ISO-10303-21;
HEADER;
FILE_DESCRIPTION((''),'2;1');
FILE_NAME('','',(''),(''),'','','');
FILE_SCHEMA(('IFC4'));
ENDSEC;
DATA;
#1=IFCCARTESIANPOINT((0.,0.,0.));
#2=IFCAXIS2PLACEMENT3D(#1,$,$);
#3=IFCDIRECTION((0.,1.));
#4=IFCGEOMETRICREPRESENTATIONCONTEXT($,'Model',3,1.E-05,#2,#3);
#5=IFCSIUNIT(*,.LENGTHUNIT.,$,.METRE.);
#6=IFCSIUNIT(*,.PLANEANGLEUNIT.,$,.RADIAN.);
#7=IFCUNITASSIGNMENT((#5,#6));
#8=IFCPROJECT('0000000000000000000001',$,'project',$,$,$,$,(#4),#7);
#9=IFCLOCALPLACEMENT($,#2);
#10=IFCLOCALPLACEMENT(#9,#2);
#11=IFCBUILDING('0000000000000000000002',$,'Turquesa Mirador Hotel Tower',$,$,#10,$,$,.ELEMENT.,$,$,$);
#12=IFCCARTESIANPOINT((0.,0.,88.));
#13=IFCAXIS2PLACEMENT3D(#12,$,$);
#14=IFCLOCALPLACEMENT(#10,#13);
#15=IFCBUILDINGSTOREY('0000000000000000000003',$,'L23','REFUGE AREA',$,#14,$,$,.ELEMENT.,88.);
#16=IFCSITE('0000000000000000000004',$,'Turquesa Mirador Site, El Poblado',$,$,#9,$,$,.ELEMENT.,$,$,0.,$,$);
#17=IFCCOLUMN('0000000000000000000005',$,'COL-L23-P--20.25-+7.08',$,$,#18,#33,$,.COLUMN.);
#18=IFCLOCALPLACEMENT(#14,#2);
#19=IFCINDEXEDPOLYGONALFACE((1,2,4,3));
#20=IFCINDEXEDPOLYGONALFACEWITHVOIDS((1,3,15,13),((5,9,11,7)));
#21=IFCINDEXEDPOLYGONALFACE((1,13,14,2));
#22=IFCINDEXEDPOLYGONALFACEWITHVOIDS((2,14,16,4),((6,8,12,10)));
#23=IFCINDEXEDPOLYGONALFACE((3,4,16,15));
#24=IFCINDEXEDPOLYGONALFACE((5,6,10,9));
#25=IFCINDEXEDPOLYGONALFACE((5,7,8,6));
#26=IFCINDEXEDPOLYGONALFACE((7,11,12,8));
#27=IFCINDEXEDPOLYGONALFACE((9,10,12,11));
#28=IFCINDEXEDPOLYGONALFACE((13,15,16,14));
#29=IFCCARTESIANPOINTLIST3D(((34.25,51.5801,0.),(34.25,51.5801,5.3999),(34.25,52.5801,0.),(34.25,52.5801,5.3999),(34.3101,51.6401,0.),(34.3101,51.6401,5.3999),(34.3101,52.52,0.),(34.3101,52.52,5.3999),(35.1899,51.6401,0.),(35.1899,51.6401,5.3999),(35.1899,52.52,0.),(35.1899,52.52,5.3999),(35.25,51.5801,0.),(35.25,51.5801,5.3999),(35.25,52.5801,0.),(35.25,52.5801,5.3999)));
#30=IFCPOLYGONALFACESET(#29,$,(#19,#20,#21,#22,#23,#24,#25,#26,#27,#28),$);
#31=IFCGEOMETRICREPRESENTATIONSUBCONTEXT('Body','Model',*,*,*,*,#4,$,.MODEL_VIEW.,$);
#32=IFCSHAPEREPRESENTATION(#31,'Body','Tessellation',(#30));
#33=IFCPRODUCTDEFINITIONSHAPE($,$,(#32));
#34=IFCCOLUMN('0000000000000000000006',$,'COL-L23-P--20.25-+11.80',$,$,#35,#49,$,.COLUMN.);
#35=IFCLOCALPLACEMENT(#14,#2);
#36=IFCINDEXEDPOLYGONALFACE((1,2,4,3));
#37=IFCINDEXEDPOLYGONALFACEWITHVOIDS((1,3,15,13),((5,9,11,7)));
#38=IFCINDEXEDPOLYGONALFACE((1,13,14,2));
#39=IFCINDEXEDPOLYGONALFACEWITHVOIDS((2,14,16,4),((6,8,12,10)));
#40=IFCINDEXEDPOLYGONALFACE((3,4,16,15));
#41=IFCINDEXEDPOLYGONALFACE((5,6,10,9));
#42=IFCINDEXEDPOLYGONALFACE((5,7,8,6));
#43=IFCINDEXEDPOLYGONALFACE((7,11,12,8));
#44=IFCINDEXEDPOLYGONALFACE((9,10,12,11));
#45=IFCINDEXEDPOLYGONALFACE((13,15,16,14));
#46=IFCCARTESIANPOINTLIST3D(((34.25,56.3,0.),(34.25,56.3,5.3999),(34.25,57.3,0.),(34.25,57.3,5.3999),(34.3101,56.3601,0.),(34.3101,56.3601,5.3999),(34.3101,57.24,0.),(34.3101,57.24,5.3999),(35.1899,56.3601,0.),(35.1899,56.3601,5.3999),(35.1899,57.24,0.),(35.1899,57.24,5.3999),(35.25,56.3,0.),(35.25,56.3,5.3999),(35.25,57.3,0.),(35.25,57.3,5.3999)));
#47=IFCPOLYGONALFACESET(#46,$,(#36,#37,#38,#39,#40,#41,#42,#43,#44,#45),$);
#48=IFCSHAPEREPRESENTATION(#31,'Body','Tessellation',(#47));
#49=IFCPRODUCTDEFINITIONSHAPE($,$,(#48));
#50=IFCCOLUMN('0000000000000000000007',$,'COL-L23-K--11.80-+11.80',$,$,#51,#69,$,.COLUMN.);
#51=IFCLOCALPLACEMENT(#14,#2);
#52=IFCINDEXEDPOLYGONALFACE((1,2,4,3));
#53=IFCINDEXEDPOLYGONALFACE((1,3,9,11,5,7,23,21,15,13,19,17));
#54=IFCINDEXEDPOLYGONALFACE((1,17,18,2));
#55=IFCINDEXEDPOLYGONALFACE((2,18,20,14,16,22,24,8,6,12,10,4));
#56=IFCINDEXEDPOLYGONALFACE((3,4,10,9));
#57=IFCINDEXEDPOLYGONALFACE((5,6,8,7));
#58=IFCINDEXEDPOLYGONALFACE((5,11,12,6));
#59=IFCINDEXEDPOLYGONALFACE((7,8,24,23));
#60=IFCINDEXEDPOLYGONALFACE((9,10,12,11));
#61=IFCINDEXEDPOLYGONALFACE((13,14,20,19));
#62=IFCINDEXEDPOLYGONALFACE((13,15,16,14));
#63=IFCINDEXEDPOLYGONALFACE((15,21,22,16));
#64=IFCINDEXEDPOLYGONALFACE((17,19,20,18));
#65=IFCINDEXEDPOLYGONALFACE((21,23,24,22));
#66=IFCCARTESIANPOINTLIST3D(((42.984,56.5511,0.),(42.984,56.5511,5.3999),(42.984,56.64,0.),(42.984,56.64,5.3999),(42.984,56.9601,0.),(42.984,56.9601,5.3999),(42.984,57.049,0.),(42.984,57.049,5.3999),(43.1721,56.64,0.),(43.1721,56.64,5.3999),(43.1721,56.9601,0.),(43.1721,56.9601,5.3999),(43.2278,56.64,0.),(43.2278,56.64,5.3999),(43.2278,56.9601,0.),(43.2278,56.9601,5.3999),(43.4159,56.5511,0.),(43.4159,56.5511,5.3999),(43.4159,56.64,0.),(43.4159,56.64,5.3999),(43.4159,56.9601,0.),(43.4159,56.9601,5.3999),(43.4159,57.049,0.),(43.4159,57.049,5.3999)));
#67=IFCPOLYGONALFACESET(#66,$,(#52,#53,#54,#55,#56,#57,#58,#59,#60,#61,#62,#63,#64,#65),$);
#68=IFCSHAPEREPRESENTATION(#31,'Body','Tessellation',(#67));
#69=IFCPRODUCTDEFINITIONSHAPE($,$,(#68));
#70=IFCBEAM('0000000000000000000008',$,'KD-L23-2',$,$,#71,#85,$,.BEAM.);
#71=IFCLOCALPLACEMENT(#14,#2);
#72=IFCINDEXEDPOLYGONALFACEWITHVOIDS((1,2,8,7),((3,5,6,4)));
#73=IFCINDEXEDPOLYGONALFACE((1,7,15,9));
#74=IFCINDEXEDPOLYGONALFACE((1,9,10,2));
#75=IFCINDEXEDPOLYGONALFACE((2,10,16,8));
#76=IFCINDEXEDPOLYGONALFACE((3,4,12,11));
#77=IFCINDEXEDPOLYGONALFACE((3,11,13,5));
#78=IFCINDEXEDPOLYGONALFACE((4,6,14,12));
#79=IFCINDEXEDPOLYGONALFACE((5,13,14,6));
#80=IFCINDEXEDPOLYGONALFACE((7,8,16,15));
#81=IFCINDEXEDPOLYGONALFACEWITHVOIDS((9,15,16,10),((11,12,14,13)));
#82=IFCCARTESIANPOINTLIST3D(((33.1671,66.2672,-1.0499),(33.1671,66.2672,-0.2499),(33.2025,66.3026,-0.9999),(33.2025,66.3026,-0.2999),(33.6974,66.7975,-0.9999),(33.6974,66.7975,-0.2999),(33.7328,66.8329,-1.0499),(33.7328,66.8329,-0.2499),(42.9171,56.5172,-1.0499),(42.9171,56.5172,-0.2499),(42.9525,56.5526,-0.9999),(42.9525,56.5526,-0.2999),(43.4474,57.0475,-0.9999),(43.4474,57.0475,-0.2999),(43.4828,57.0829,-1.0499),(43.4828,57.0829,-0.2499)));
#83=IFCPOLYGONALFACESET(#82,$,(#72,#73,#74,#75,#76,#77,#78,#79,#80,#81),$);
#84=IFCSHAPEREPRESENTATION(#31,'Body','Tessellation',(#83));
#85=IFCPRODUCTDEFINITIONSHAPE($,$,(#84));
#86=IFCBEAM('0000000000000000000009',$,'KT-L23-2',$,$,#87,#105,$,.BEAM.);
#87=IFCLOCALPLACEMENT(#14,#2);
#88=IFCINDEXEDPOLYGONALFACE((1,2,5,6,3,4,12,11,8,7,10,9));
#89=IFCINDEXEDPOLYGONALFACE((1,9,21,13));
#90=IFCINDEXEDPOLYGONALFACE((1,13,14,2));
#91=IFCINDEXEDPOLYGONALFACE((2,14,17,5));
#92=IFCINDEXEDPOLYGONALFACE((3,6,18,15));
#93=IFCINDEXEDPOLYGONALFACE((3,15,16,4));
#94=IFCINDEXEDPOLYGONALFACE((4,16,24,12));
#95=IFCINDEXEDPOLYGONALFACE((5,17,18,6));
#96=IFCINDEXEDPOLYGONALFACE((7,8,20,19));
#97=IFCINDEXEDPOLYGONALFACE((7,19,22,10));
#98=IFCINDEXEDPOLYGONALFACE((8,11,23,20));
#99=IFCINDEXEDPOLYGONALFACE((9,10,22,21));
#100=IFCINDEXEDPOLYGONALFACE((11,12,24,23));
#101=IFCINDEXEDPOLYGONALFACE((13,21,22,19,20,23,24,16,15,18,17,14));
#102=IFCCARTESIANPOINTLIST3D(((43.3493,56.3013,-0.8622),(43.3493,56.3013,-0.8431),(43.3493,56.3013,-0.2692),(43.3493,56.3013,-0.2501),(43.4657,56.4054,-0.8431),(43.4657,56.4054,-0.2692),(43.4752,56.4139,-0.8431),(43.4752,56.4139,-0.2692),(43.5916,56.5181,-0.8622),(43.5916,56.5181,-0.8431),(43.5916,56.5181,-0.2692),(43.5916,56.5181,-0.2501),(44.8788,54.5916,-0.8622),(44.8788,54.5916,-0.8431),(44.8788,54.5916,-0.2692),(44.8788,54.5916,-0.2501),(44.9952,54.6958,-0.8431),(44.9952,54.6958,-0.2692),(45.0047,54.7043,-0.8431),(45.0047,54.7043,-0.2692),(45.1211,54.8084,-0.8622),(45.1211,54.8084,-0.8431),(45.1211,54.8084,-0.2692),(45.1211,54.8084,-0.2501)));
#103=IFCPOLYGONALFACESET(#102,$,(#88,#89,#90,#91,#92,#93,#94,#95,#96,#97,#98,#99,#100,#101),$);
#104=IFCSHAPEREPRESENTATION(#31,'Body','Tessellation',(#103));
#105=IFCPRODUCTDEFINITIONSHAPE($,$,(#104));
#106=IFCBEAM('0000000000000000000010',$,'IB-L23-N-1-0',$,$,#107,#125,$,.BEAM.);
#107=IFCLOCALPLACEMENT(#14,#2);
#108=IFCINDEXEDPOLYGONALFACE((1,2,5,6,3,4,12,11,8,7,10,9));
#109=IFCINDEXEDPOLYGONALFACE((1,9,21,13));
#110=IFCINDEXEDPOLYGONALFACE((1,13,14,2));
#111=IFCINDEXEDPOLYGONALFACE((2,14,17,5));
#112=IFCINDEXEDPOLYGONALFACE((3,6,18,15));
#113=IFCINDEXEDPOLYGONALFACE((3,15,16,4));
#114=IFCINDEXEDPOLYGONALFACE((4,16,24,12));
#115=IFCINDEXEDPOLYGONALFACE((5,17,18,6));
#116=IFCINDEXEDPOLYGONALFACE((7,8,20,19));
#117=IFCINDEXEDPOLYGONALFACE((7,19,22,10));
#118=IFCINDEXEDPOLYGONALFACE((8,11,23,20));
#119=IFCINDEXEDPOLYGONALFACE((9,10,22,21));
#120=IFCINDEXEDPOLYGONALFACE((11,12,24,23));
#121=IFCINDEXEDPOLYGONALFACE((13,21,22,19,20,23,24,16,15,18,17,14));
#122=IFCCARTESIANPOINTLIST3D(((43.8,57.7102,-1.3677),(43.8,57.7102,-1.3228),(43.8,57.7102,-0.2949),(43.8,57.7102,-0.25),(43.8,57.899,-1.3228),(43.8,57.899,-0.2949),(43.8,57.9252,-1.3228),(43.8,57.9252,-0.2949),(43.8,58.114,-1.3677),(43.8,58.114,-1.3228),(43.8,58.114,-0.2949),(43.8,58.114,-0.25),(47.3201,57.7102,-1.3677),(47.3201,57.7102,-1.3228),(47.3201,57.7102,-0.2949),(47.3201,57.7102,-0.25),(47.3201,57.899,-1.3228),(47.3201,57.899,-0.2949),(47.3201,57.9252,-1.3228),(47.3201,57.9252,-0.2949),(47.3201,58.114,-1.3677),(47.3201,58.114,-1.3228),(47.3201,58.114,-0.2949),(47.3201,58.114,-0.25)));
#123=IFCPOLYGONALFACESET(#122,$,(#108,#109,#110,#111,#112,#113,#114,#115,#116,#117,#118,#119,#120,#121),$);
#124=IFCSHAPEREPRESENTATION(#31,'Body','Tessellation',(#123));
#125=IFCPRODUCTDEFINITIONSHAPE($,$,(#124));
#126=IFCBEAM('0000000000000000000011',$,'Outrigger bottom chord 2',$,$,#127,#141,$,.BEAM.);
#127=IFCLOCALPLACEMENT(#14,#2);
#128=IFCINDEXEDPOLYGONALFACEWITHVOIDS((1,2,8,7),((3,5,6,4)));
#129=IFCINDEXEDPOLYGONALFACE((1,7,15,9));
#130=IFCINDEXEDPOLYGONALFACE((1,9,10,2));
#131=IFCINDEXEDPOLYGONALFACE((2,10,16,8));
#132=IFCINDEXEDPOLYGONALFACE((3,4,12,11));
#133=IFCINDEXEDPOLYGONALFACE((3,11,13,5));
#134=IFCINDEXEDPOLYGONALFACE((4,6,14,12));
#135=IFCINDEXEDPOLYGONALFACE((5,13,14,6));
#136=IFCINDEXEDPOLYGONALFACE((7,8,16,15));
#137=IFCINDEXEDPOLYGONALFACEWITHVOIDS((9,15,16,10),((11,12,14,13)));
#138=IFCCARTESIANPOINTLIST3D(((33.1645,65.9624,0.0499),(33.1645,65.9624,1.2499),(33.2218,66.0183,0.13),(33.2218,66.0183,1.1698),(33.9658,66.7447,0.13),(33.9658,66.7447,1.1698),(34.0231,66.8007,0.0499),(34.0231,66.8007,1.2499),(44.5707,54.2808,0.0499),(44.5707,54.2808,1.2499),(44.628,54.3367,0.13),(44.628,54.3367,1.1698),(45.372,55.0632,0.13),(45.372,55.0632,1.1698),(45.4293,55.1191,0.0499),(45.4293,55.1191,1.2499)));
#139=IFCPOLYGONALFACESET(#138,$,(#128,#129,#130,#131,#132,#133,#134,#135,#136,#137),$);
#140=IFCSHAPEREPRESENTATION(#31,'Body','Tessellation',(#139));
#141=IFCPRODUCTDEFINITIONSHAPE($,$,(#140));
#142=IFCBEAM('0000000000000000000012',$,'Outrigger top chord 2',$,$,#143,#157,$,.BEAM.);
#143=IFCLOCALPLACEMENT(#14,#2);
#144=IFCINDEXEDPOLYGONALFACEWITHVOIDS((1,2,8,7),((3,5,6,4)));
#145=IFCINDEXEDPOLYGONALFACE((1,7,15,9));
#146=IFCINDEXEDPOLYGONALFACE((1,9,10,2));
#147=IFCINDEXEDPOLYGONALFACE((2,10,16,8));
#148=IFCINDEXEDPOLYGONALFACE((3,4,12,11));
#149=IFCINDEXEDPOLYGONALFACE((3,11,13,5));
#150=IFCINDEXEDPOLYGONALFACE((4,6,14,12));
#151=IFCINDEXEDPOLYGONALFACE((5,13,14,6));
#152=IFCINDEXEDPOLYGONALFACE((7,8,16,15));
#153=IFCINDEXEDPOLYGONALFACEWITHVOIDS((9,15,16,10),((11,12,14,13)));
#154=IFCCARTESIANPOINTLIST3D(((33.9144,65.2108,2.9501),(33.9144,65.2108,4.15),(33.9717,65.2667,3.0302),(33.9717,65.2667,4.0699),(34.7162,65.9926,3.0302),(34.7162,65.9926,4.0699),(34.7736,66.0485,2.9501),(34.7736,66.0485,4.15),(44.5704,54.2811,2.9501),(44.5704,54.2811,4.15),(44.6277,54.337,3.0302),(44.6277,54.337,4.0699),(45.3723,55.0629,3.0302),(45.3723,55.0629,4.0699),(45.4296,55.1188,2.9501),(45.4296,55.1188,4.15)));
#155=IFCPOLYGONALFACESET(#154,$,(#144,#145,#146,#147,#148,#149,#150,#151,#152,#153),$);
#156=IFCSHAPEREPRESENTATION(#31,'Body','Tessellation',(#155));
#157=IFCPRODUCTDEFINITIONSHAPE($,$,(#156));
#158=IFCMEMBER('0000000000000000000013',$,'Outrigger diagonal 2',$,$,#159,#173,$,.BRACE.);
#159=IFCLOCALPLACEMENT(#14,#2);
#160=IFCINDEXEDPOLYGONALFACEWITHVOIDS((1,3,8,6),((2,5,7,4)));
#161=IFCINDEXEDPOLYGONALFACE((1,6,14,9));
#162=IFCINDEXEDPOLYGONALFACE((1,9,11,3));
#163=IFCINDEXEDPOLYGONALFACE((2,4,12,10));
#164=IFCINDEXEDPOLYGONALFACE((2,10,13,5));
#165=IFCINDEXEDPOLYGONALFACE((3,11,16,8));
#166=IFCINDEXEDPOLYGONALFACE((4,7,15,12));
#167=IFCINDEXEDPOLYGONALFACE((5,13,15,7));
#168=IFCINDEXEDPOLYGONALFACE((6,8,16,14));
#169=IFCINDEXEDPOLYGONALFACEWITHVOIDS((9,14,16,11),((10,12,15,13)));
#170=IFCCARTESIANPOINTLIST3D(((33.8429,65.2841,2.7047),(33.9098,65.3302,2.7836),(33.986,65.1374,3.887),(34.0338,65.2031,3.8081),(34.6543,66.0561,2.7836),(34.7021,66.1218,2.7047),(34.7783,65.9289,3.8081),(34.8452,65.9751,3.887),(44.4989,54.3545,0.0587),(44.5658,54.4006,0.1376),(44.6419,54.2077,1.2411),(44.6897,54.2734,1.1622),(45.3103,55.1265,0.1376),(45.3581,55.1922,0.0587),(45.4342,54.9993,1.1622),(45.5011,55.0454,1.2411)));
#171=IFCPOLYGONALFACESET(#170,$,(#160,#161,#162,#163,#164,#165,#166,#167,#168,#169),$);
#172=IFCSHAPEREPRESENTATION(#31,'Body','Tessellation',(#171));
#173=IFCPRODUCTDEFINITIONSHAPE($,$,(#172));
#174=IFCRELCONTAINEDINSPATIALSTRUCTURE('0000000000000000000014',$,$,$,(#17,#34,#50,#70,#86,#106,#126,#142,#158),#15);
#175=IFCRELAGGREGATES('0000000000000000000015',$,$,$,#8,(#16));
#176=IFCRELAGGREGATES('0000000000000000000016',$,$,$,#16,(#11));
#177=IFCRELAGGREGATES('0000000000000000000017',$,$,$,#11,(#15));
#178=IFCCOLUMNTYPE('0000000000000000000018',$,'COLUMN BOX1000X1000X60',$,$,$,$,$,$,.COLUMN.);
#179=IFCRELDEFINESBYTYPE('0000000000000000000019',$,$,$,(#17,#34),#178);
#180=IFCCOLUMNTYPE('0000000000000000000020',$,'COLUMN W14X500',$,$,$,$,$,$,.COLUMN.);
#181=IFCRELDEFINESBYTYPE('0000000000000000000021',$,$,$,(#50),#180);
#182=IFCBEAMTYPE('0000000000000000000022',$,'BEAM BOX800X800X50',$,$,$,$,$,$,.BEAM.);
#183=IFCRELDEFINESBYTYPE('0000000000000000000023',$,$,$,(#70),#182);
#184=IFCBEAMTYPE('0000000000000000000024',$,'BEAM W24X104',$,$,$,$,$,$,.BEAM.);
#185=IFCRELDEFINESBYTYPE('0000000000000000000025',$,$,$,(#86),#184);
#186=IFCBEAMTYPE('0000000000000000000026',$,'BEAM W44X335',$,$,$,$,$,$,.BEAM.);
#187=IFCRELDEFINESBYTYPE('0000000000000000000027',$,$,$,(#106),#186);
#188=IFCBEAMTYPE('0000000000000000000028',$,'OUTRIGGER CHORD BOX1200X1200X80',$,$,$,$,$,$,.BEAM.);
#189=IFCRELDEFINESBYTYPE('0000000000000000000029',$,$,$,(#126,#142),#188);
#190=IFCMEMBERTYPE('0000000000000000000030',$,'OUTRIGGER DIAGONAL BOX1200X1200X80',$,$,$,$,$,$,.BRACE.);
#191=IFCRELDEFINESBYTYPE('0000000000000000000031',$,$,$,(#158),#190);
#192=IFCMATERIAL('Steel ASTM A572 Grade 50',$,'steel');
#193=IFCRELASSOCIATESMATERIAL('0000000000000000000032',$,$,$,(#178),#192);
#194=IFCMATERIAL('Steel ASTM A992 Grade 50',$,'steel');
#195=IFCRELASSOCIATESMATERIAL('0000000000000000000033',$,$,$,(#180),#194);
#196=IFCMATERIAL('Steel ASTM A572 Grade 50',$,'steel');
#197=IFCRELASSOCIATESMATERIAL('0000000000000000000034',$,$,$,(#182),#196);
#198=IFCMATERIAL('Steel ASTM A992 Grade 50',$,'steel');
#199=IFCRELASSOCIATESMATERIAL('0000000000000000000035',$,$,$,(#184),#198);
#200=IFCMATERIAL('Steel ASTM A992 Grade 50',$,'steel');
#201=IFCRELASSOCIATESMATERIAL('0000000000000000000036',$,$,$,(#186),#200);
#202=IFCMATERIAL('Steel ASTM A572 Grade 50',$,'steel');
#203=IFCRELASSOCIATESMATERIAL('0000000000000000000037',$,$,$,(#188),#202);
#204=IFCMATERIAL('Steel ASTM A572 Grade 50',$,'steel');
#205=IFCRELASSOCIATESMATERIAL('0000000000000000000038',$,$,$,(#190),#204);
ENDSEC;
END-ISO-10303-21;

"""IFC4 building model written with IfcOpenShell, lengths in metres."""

from ifc_helpers import new_model, si_unit, direction, frame, origin, origin_2d, place, context, subcontext, project, spatial, hollow_rectangle, i_section, extrude, material, material_profile, profile_set, type_object, element, save


model = new_model("IFC4")

# Units and contexts
model_context = context("Model", 3, precision=1e-05, world=origin(), true_north=direction((0.0, 1.0)))
body_context = subcontext(model_context, "Body", "Model", "MODEL_VIEW")
ifc_project = project(units=[si_unit("LENGTHUNIT", "METRE"), si_unit("PLANEANGLEUNIT", "RADIAN")], contexts=[model_context])

# Site, building, storey
site_placement = place(None, origin())
site = spatial("IfcSite", under=ifc_project, at=site_placement, Name="Turquesa Mirador Site, El Poblado", CompositionType="ELEMENT", RefElevation=0.0)
building_placement = place(site_placement, origin())
building = spatial("IfcBuilding", under=site, at=building_placement, Name="Turquesa Mirador Hotel Tower", CompositionType="ELEMENT")
storey_placement = place(building_placement, frame((0.0, 0.0, 88.0)))
storey = spatial("IfcBuildingStorey", under=building, at=storey_placement, Name="L23", Description="REFUGE AREA", CompositionType="ELEMENT", Elevation=88.0)

# Columns
ifc_material_1 = material(Name="Steel ASTM A572 Grade 50", Category="steel")
ifc_material_profile_1 = material_profile(ifc_material_1, hollow_rectangle(XDim=1.0, YDim=1.0, WallThickness=0.0601, at=origin_2d()), Name="BOX1000X1000X60")
ifc_profile_set_1 = profile_set([ifc_material_profile_1], Name="Steel ASTM A572 Grade 50")
column_type_1 = type_object("IfcColumnType", Name="COLUMN BOX1000X1000X60", PredefinedType="COLUMN", material=ifc_profile_set_1)
for number, where, z_axis, x_axis, name in (
    (1, (34.75, 52.0801, 0.0), (0.0, 0.0, 1.0), (1.0, 0.0, 0.0), "COL-L23-P--20.25-+7.08"),
    (2, (34.75, 56.8, 0.0), (0.0, 0.0, 1.0), (1.0, 0.0, 0.0), "COL-L23-P--20.25-+11.80"),
):
    element("IfcColumn", number, at=place(storey_placement, frame(where, z_axis=z_axis, x_axis=x_axis)), inside=storey, type_object=column_type_1, Name=name, PredefinedType="COLUMN", context=body_context, shape_type="SweptSolid", body=[
        extrude(hollow_rectangle(XDim=1.0, YDim=1.0, WallThickness=0.0601, at=origin_2d()), origin(), (0.0, 0.0, 1.0), 5.3999),
    ])
ifc_material_2 = material(Name="Steel ASTM A992 Grade 50", Category="steel")
ifc_material_profile_2 = material_profile(ifc_material_2, i_section(OverallWidth=0.4319, OverallDepth=0.4978, WebThickness=0.0557, FlangeThickness=0.0889, at=origin_2d()), Name="W14X500")
ifc_profile_set_2 = profile_set([ifc_material_profile_2], Name="Steel ASTM A992 Grade 50")
column_type_2 = type_object("IfcColumnType", Name="COLUMN W14X500", PredefinedType="COLUMN", material=ifc_profile_set_2)
column_placement = place(storey_placement, frame((43.2, 56.8, 0.0), z_axis=(0.0, 0.0, 1.0), x_axis=(1.0, 0.0, 0.0)))
element("IfcColumn", 3, at=column_placement, inside=storey, type_object=column_type_2, Name="COL-L23-K--11.80-+11.80", PredefinedType="COLUMN", context=body_context, shape_type="SweptSolid", body=[
    extrude(i_section(OverallWidth=0.4319, OverallDepth=0.4978, WebThickness=0.0557, FlangeThickness=0.0889, at=origin_2d()), origin(), (0.0, 0.0, 1.0), 5.3999),
])

# Beams
ifc_material_3 = material(Name="Steel ASTM A572 Grade 50", Category="steel")
ifc_material_profile_3 = material_profile(ifc_material_3, hollow_rectangle(XDim=0.8, YDim=0.8, WallThickness=0.05, at=origin_2d()), Name="BOX800X800X50")
ifc_profile_set_3 = profile_set([ifc_material_profile_3], Name="Steel ASTM A572 Grade 50")
beam_type_1 = type_object("IfcBeamType", Name="BEAM BOX800X800X50", PredefinedType="BEAM", material=ifc_profile_set_3)
beam_1_placement = place(storey_placement, frame((43.2, 56.8, -0.6499), z_axis=(-0.707107, 0.707107, 0.0), x_axis=(-0.707107, -0.707107, 0.0)))
element("IfcBeam", 4, at=beam_1_placement, inside=storey, type_object=beam_type_1, Name="KD-L23-2", PredefinedType="BEAM", context=body_context, shape_type="SweptSolid", body=[
    extrude(hollow_rectangle(XDim=0.8, YDim=0.8, WallThickness=0.05, at=origin_2d()), origin(), (0.0, 0.0, 1.0), 13.7886),
])
ifc_material_4 = material(Name="Steel ASTM A992 Grade 50", Category="steel")
ifc_material_profile_4 = material_profile(ifc_material_4, i_section(OverallWidth=0.3252, OverallDepth=0.6121, WebThickness=0.0127, FlangeThickness=0.019, at=origin_2d()), Name="W24X104")
ifc_profile_set_4 = profile_set([ifc_material_profile_4], Name="Steel ASTM A992 Grade 50")
beam_type_2 = type_object("IfcBeamType", Name="BEAM W24X104", PredefinedType="BEAM", material=ifc_profile_set_4)
beam_2_placement = place(storey_placement, frame((43.4705, 56.4097, -0.5562), z_axis=(0.666745, -0.745286, 0.0), x_axis=(0.745286, 0.666745, 0.0)))
element("IfcBeam", 5, at=beam_2_placement, inside=storey, type_object=beam_type_2, Name="KT-L23-2", PredefinedType="BEAM", context=body_context, shape_type="SweptSolid", body=[
    extrude(i_section(OverallWidth=0.3252, OverallDepth=0.6121, WebThickness=0.0127, FlangeThickness=0.019, at=origin_2d()), origin(), (0.0, 0.0, 1.0), 2.2939),
])
ifc_material_5 = material(Name="Steel ASTM A992 Grade 50", Category="steel")
ifc_material_profile_5 = material_profile(ifc_material_5, i_section(OverallWidth=0.4038, OverallDepth=1.1177, WebThickness=0.0261, FlangeThickness=0.0449, at=origin_2d()), Name="W44X335")
ifc_profile_set_5 = profile_set([ifc_material_profile_5], Name="Steel ASTM A992 Grade 50")
beam_type_3 = type_object("IfcBeamType", Name="BEAM W44X335", PredefinedType="BEAM", material=ifc_profile_set_5)
beam_3_placement = place(storey_placement, frame((43.8, 57.9121, -0.8088), z_axis=(1.0, 0.0, 0.0), x_axis=(0.0, 1.0, 0.0)))
element("IfcBeam", 6, at=beam_3_placement, inside=storey, type_object=beam_type_3, Name="IB-L23-N-1-0", PredefinedType="BEAM", context=body_context, shape_type="SweptSolid", body=[
    extrude(i_section(OverallWidth=0.4038, OverallDepth=1.1177, WebThickness=0.0261, FlangeThickness=0.0449, at=origin_2d()), origin(), (0.0, 0.0, 1.0), 3.52),
])
ifc_material_6 = material(Name="Steel ASTM A572 Grade 50", Category="steel")
ifc_material_profile_6 = material_profile(ifc_material_6, hollow_rectangle(XDim=1.2, YDim=1.2, WallThickness=0.0801, at=origin_2d()), Name="BOX1200X1200X80")
ifc_profile_set_6 = profile_set([ifc_material_profile_6], Name="Steel ASTM A572 Grade 50")
beam_type_4 = type_object("IfcBeamType", Name="OUTRIGGER CHORD BOX1200X1200X80", PredefinedType="BEAM", material=ifc_profile_set_6)
beam_4_placement = place(storey_placement, frame((45.0, 54.7, 0.6499), z_axis=(-0.698623, 0.71549, 0.0), x_axis=(-0.71549, -0.698623, 0.0)))
element("IfcBeam", 7, at=beam_4_placement, inside=storey, type_object=beam_type_4, Name="Outrigger bottom chord 2", PredefinedType="BEAM", context=body_context, shape_type="SweptSolid", body=[
    extrude(hollow_rectangle(XDim=1.2, YDim=1.2, WallThickness=0.0801, at=origin_2d()), origin(), (0.0, 0.0, 1.0), 16.3267),
])
beam_5_placement = place(storey_placement, frame((45.0, 54.7, 3.55), z_axis=(-0.698085, 0.716015, 0.0), x_axis=(-0.716015, -0.698085, 0.0)))
element("IfcBeam", 8, at=beam_5_placement, inside=storey, type_object=beam_type_4, Name="Outrigger top chord 2", PredefinedType="BEAM", context=body_context, shape_type="SweptSolid", body=[
    extrude(hollow_rectangle(XDim=1.2, YDim=1.2, WallThickness=0.0801, at=origin_2d()), origin(), (0.0, 0.0, 1.0), 15.2646),
])

# Member
ifc_material_7 = material(Name="Steel ASTM A572 Grade 50", Category="steel")
ifc_material_profile_7 = material_profile(ifc_material_7, hollow_rectangle(XDim=1.2, YDim=1.2, WallThickness=0.0801, at=origin_2d()), Name="BOX1200X1200X80")
ifc_profile_set_7 = profile_set([ifc_material_profile_7], Name="Steel ASTM A572 Grade 50")
member_type = type_object("IfcMemberType", Name="OUTRIGGER DIAGONAL BOX1200X1200X80", PredefinedType="BRACE", material=ifc_profile_set_7)
member_placement = place(storey_placement, frame((45.0, 54.7, 0.6499), z_axis=(-0.687828, 0.705494, 0.170795), x_axis=(-0.716015, -0.698085, 0.0)))
element("IfcMember", 9, at=member_placement, inside=storey, type_object=member_type, Name="Outrigger diagonal 2", PredefinedType="BRACE", context=body_context, shape_type="SweptSolid", body=[
    extrude(hollow_rectangle(XDim=1.2, YDim=1.2, WallThickness=0.0801, at=origin_2d()), origin(), (0.0, 0.0, 1.0), 15.4922),
])

save(model, "model.ifc")
